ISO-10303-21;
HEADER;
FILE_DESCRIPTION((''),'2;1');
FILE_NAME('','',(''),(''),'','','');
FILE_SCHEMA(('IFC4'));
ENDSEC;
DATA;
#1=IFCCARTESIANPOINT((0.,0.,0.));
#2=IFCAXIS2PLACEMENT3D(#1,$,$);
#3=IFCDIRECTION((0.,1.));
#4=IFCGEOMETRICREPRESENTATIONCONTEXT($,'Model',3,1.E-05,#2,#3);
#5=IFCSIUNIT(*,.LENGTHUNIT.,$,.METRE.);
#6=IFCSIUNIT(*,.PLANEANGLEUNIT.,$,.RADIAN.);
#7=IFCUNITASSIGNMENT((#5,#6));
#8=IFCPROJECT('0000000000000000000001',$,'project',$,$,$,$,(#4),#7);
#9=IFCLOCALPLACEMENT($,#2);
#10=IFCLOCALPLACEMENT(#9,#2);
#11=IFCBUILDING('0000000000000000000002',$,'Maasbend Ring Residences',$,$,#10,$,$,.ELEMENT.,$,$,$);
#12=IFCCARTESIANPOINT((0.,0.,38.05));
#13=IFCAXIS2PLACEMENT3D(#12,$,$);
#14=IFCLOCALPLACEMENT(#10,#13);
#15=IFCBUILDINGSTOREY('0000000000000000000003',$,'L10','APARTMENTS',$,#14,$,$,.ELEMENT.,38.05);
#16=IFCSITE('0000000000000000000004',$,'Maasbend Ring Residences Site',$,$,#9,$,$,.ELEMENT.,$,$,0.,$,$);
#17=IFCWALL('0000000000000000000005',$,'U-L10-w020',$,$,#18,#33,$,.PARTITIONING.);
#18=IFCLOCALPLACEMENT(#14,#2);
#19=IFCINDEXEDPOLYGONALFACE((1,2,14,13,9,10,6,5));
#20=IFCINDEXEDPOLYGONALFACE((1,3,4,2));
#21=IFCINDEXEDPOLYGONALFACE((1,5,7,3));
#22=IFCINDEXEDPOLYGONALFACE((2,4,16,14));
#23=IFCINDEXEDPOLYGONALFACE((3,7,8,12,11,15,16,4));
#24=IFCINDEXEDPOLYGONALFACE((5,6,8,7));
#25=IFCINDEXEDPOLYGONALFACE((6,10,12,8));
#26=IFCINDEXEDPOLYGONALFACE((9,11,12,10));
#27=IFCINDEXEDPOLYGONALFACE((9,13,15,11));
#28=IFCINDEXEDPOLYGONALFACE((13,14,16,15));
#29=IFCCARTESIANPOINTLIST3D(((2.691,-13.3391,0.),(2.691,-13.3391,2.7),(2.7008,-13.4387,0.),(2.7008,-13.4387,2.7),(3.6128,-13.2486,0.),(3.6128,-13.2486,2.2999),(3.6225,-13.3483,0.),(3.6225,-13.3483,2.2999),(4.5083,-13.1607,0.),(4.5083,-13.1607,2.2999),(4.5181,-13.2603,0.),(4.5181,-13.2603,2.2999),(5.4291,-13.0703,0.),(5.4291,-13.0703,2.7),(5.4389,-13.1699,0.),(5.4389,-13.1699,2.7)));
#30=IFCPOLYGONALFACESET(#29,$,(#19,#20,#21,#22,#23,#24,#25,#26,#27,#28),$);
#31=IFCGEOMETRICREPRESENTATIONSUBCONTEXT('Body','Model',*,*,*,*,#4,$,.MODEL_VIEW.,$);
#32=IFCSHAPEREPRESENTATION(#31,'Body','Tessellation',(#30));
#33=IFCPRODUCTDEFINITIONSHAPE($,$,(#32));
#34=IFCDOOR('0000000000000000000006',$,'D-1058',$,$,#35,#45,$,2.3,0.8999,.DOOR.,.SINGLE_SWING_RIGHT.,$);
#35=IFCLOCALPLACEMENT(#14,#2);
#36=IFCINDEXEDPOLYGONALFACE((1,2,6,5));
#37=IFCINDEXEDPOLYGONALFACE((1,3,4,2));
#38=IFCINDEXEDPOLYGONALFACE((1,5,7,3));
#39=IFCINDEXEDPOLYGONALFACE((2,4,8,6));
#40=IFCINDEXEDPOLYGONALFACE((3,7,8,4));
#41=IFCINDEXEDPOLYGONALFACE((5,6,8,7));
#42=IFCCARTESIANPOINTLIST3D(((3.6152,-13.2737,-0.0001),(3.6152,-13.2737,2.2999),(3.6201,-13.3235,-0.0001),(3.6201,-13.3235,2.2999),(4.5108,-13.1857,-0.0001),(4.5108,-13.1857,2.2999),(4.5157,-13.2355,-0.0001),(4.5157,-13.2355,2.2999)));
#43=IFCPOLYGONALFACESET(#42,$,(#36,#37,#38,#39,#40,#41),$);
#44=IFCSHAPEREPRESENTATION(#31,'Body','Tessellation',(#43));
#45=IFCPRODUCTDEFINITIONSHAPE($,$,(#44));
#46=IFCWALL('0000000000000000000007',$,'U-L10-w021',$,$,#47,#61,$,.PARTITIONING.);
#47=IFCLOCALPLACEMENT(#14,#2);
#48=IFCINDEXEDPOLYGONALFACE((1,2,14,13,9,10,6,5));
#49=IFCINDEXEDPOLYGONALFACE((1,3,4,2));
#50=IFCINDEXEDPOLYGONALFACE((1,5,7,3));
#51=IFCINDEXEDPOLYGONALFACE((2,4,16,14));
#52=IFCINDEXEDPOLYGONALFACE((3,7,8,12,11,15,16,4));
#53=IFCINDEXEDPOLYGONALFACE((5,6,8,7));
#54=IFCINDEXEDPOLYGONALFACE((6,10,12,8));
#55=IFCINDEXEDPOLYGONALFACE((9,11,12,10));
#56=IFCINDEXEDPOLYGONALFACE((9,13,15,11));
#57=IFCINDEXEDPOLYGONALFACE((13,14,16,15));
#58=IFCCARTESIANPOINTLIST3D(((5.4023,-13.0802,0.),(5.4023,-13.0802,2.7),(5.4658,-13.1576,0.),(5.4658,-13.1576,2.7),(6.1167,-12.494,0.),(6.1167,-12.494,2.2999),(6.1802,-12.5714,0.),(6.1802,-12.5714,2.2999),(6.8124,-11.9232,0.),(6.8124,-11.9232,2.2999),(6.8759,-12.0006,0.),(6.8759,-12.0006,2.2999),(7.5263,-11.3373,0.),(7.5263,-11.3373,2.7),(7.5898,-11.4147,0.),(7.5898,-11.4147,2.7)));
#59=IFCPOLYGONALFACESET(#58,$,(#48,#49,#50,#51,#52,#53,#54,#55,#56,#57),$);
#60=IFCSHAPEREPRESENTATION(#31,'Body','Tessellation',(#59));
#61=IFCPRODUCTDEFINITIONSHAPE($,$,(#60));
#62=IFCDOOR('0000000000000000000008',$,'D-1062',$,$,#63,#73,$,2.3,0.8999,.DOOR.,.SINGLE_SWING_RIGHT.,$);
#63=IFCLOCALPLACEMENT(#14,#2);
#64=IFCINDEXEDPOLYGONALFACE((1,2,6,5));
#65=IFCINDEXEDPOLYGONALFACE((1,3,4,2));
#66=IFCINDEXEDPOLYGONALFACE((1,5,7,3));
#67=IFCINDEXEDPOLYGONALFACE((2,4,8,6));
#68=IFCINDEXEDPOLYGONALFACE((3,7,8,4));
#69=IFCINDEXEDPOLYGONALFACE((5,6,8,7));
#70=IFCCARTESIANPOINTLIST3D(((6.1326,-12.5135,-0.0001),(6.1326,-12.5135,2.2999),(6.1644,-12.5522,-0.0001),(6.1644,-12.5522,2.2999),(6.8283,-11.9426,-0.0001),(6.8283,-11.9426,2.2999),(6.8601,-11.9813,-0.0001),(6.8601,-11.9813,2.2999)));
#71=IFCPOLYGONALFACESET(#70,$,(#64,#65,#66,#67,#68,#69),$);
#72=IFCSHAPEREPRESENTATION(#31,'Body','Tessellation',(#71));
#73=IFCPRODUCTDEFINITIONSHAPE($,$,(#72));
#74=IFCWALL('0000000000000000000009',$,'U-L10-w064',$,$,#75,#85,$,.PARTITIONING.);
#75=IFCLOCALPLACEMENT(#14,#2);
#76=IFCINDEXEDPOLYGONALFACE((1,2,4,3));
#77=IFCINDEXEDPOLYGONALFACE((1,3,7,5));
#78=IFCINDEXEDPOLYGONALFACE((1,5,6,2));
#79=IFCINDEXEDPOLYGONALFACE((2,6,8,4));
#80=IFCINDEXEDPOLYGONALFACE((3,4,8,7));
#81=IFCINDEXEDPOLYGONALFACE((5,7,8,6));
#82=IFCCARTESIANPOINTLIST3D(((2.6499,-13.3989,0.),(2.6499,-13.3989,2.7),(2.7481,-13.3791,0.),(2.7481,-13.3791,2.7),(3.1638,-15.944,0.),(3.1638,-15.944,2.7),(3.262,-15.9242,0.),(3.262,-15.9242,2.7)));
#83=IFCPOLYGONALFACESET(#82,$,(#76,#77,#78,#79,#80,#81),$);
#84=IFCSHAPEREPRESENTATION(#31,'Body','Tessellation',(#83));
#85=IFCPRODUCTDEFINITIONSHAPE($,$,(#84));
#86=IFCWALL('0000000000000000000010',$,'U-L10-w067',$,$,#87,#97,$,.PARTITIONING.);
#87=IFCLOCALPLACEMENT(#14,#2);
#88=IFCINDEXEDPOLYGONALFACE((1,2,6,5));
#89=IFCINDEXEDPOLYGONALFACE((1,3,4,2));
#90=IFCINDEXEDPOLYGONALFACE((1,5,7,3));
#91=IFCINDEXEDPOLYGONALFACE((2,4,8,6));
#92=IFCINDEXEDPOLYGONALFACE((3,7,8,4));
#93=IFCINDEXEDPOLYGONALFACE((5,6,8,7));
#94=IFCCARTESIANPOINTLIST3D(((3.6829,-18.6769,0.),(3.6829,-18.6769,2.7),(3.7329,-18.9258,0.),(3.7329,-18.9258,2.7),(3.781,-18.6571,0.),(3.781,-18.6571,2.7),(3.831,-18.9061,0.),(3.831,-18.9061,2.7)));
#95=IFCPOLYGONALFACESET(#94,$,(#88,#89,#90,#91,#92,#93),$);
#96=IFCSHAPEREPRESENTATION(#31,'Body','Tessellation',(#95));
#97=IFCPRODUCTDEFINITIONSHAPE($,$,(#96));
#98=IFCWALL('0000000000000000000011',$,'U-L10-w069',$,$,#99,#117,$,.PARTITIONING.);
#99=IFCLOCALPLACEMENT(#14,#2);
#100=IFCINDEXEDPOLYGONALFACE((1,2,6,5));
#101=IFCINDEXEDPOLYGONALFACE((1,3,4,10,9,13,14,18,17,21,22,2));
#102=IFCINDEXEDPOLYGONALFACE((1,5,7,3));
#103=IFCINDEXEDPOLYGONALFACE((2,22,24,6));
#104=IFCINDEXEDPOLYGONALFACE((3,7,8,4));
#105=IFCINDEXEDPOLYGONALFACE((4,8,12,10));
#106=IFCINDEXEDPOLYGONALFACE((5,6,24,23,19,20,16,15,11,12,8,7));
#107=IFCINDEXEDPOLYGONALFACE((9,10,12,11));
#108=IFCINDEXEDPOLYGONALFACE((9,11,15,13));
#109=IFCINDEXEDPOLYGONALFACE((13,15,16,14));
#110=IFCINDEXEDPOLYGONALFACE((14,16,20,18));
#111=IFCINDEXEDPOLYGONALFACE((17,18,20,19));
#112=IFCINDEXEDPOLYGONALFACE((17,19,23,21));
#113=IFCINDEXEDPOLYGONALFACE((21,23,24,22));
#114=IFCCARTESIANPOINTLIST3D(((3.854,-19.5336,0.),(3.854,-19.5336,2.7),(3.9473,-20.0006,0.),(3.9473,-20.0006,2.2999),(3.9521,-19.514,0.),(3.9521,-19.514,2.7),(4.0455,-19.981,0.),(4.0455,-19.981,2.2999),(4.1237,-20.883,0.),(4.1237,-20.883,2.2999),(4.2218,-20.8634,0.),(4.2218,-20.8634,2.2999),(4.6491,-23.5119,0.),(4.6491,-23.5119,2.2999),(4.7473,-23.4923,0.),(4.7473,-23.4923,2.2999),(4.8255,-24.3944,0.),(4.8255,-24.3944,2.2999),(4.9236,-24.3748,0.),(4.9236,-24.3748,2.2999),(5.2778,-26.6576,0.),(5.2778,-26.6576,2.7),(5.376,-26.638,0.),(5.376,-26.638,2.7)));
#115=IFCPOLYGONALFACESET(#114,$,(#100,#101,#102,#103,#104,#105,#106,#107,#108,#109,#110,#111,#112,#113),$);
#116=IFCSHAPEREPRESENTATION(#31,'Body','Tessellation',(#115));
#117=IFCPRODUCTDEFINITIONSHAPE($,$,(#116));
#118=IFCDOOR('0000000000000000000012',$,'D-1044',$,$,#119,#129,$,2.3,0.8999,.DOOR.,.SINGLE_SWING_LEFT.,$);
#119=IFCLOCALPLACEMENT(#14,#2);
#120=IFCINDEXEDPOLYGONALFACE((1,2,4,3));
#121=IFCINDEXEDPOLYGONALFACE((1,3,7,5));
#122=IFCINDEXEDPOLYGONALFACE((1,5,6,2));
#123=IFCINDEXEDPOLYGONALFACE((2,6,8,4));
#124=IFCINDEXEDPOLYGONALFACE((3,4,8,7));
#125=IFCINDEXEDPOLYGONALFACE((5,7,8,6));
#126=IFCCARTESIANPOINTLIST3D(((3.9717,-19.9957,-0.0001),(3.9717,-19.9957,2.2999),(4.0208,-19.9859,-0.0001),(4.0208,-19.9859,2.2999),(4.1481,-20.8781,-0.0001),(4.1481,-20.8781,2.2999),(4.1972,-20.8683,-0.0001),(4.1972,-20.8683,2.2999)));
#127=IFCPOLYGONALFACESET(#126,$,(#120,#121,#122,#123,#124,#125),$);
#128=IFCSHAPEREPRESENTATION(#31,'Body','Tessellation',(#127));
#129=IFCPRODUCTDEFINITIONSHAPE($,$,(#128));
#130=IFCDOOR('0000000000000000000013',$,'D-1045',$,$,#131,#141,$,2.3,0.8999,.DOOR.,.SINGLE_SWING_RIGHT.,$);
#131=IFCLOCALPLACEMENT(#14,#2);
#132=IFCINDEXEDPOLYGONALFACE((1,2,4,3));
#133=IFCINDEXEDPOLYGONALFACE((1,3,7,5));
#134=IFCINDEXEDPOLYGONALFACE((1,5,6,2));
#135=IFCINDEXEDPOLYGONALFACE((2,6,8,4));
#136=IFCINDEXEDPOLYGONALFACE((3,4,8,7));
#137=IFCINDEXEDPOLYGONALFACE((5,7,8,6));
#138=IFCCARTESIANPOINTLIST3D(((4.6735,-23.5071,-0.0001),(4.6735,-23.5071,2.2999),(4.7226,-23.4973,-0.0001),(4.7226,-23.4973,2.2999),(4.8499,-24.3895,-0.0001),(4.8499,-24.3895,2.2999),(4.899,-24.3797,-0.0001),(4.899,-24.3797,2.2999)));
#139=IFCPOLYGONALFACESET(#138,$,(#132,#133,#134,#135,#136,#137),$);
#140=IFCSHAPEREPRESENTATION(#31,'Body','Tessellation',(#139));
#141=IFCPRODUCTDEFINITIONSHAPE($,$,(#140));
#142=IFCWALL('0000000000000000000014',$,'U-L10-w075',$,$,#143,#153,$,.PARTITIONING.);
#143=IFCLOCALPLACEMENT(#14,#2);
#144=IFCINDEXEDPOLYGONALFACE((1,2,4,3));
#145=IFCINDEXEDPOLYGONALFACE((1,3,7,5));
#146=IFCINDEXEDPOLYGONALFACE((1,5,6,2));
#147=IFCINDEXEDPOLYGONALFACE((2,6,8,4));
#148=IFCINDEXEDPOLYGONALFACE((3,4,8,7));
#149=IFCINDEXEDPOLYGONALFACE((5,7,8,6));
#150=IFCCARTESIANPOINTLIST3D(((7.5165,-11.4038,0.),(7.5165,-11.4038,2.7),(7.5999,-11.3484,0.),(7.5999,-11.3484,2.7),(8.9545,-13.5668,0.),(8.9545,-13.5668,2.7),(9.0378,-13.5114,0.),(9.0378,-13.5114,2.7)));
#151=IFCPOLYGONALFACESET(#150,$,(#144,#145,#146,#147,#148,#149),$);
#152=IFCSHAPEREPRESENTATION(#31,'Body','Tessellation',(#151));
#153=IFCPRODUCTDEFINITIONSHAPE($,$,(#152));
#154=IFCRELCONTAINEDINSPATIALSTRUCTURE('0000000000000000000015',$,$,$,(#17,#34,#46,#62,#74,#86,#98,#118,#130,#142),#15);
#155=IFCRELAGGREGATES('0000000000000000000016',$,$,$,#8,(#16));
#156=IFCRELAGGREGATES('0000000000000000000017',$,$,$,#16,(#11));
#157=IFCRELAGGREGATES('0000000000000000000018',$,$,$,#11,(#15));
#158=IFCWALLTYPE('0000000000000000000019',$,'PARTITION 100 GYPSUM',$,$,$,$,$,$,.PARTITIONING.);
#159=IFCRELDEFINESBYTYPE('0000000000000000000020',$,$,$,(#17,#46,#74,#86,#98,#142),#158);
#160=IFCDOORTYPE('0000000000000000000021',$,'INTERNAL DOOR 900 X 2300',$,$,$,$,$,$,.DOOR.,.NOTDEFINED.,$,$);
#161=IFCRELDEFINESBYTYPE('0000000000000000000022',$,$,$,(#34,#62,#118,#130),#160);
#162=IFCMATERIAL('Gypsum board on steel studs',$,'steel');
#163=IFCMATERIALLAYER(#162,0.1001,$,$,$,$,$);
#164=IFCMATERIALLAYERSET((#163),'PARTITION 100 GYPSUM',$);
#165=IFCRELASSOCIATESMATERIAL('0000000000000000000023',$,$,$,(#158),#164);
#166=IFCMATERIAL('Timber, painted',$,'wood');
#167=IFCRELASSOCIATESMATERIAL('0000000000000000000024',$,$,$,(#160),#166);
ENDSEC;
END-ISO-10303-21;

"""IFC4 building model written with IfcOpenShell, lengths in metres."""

from ifc_helpers import new_model, si_unit, direction, frame, frame_2d, origin, place, context, subcontext, project, spatial, rectangle, extrude, material, layer, layer_set, type_object, element, fill, save


model = new_model("IFC4")

# Units and contexts
model_context = context("Model", 3, precision=1e-05, world=origin(), true_north=direction((0.0, 1.0)))
body_context = subcontext(model_context, "Body", "Model", "MODEL_VIEW")
ifc_project = project(units=[si_unit("LENGTHUNIT", "METRE"), si_unit("PLANEANGLEUNIT", "RADIAN")], contexts=[model_context])

# Site, building, storey
site_placement = place(None, origin())
site = spatial("IfcSite", under=ifc_project, at=site_placement, Name="Maasbend Ring Residences Site", CompositionType="ELEMENT", RefElevation=0.0)
building_placement = place(site_placement, origin())
building = spatial("IfcBuilding", under=site, at=building_placement, Name="Maasbend Ring Residences", CompositionType="ELEMENT")
storey_placement = place(building_placement, frame((0.0, 0.0, 38.05)))
storey = spatial("IfcBuildingStorey", under=building, at=storey_placement, Name="L10", Description="APARTMENTS", CompositionType="ELEMENT", Elevation=38.05)

# Walls, openings, doors
ifc_material_1 = material(Name="Gypsum board on steel studs", Category="steel")
ifc_layer_1 = layer(ifc_material_1, 0.1001)
ifc_layer_set_1 = layer_set([ifc_layer_1], Name="PARTITION 100 GYPSUM")
wall_type_1 = type_object("IfcWallType", Name="PARTITION 100 GYPSUM", PredefinedType="PARTITIONING", material=ifc_layer_set_1)
wall_1_placement = place(storey_placement, frame((2.696, -13.3889, 0.0), z_axis=(0.0, 0.0, 1.0), x_axis=(0.995216, 0.097702, 0.0)))
wall_1 = element("IfcWall", 1, at=wall_1_placement, inside=storey, type_object=wall_type_1, Name="U-L10-w020", PredefinedType="PARTITIONING", context=body_context, shape_type="SweptSolid", body=[
    extrude(rectangle(XDim=2.7512, YDim=0.1001, at=frame_2d((1.3755, 0.0))), origin(), (0.0, 0.0, 1.0), 2.7),
])
opening_1_placement = place(wall_1_placement, frame((0.926, 0.0, 0.0)))
opening_1 = element("IfcOpeningElement", 2, at=opening_1_placement, cuts=wall_1, PredefinedType="OPENING", context=body_context, shape_type="SweptSolid", body=[
    extrude(rectangle(XDim=0.8999, YDim=2.3, at=frame_2d((0.45, 1.1499))), frame((0.0, 0.0601, 0.0), z_axis=(0.0, -1.0, 0.0), x_axis=(1.0, 0.0, 0.0)), (0.0, 0.0, 1.0), 0.1201),
])
ifc_material_2 = material(Name="Timber, painted", Category="wood")
door_type_1 = type_object("IfcDoorType", Name="INTERNAL DOOR 900 X 2300", OperationType="NOTDEFINED", PredefinedType="DOOR", material=ifc_material_2)
door_1_placement = place(opening_1_placement, origin())
door_1 = element("IfcDoor", 3, at=door_1_placement, inside=storey, type_object=door_type_1, Name="D-1058", OperationType="SINGLE_SWING_RIGHT", OverallHeight=2.3, OverallWidth=0.8999, PredefinedType="DOOR", context=body_context, shape_type="SweptSolid", body=[
    extrude(rectangle(XDim=0.8999, YDim=2.3, at=frame_2d((0.45, 1.1499))), frame((0.0, 0.0249, 0.0), z_axis=(0.0, -1.0, 0.0), x_axis=(1.0, 0.0, 0.0)), (0.0, 0.0, 1.0), 0.05),
])
fill(opening_1, door_1)
wall_2_placement = place(storey_placement, frame((5.4341, -13.1189, 0.0), z_axis=(0.0, 0.0, 1.0), x_axis=(0.77305, 0.634345, 0.0)))
wall_2 = element("IfcWall", 4, at=wall_2_placement, inside=storey, type_object=wall_type_1, Name="U-L10-w021", PredefinedType="PARTITIONING", context=body_context, shape_type="SweptSolid", body=[
    extrude(rectangle(XDim=2.7476, YDim=0.1001, at=frame_2d((1.3738, 0.0))), origin(), (0.0, 0.0, 1.0), 2.7),
])
opening_2_placement = place(wall_2_placement, frame((0.9241, 0.0, 0.0)))
opening_2 = element("IfcOpeningElement", 5, at=opening_2_placement, cuts=wall_2, PredefinedType="OPENING", context=body_context, shape_type="SweptSolid", body=[
    extrude(rectangle(XDim=0.8999, YDim=2.3, at=frame_2d((0.45, 1.1499))), frame((0.0, 0.0601, 0.0), z_axis=(0.0, -1.0, 0.0), x_axis=(1.0, 0.0, 0.0)), (0.0, 0.0, 1.0), 0.1201),
])
door_2_placement = place(opening_2_placement, origin())
door_2 = element("IfcDoor", 6, at=door_2_placement, inside=storey, type_object=door_type_1, Name="D-1062", OperationType="SINGLE_SWING_RIGHT", OverallHeight=2.3, OverallWidth=0.8999, PredefinedType="DOOR", context=body_context, shape_type="SweptSolid", body=[
    extrude(rectangle(XDim=0.8999, YDim=2.3, at=frame_2d((0.45, 1.1499))), frame((0.0, 0.0249, 0.0), z_axis=(0.0, -1.0, 0.0), x_axis=(1.0, 0.0, 0.0)), (0.0, 0.0, 1.0), 0.05),
])
fill(opening_2, door_2)

# Walls
wall_3_placement = place(storey_placement, frame((2.699, -13.3889, 0.0), z_axis=(0.0, 0.0, 1.0), x_axis=(0.197924, -0.980217, 0.0)))
element("IfcWall", 7, at=wall_3_placement, inside=storey, type_object=wall_type_1, Name="U-L10-w064", PredefinedType="PARTITIONING", context=body_context, shape_type="SweptSolid", body=[
    extrude(rectangle(XDim=2.5964, YDim=0.1001, at=frame_2d((1.2983, 0.0))), origin(), (0.0, 0.0, 1.0), 2.7),
])
wall_4_placement = place(storey_placement, frame((3.7319, -18.667, 0.0), z_axis=(0.0, 0.0, 1.0), x_axis=(0.19704, -0.980395, 0.0)))
element("IfcWall", 8, at=wall_4_placement, inside=storey, type_object=wall_type_1, Name="U-L10-w067", PredefinedType="PARTITIONING", context=body_context, shape_type="SweptSolid", body=[
    extrude(rectangle(XDim=0.2539, YDim=0.1001, at=frame_2d((0.127, 0.0))), origin(), (0.0, 0.0, 1.0), 2.7),
])

# Wall, openings, doors
wall_5_placement = place(storey_placement, frame((3.9031, -19.5239, 0.0), z_axis=(0.0, 0.0, 1.0), x_axis=(0.195987, -0.980607, 0.0)))
wall_5 = element("IfcWall", 9, at=wall_5_placement, inside=storey, type_object=wall_type_1, Name="U-L10-w069", PredefinedType="PARTITIONING", context=body_context, shape_type="SweptSolid", body=[
    extrude(rectangle(XDim=7.2649, YDim=0.1001, at=frame_2d((3.6323, 0.0))), origin(), (0.0, 0.0, 1.0), 2.7),
])
opening_3_placement = place(wall_5_placement, frame((0.4761, 0.0, 0.0)))
opening_3 = element("IfcOpeningElement", 10, at=opening_3_placement, cuts=wall_5, PredefinedType="OPENING", context=body_context, shape_type="SweptSolid", body=[
    extrude(rectangle(XDim=0.8999, YDim=2.3, at=frame_2d((0.45, 1.1499))), frame((0.0, 0.0601, 0.0), z_axis=(0.0, -1.0, 0.0), x_axis=(1.0, 0.0, 0.0)), (0.0, 0.0, 1.0), 0.1201),
])
opening_4_placement = place(wall_5_placement, frame((4.0569, 0.0, 0.0)))
opening_4 = element("IfcOpeningElement", 11, at=opening_4_placement, cuts=wall_5, PredefinedType="OPENING", context=body_context, shape_type="SweptSolid", body=[
    extrude(rectangle(XDim=0.8999, YDim=2.3, at=frame_2d((0.45, 1.1499))), frame((0.0, 0.0601, 0.0), z_axis=(0.0, -1.0, 0.0), x_axis=(1.0, 0.0, 0.0)), (0.0, 0.0, 1.0), 0.1201),
])
door_3_placement = place(opening_3_placement, origin())
door_3 = element("IfcDoor", 12, at=door_3_placement, inside=storey, type_object=door_type_1, Name="D-1044", OperationType="SINGLE_SWING_LEFT", OverallHeight=2.3, OverallWidth=0.8999, PredefinedType="DOOR", context=body_context, shape_type="SweptSolid", body=[
    extrude(rectangle(XDim=0.8999, YDim=2.3, at=frame_2d((0.45, 1.1499))), frame((0.0, 0.0249, 0.0), z_axis=(0.0, -1.0, 0.0), x_axis=(1.0, 0.0, 0.0)), (0.0, 0.0, 1.0), 0.05),
])
fill(opening_3, door_3)
door_4_placement = place(opening_4_placement, origin())
door_4 = element("IfcDoor", 13, at=door_4_placement, inside=storey, type_object=door_type_1, Name="D-1045", OperationType="SINGLE_SWING_RIGHT", OverallHeight=2.3, OverallWidth=0.8999, PredefinedType="DOOR", context=body_context, shape_type="SweptSolid", body=[
    extrude(rectangle(XDim=0.8999, YDim=2.3, at=frame_2d((0.45, 1.1499))), frame((0.0, 0.0249, 0.0), z_axis=(0.0, -1.0, 0.0), x_axis=(1.0, 0.0, 0.0)), (0.0, 0.0, 1.0), 0.05),
])
fill(opening_4, door_4)

# Wall
wall_6_placement = place(storey_placement, frame((7.5581, -11.376, 0.0), z_axis=(0.0, 0.0, 1.0), x_axis=(0.553615, -0.832773, 0.0)))
element("IfcWall", 14, at=wall_6_placement, inside=storey, type_object=wall_type_1, Name="U-L10-w075", PredefinedType="PARTITIONING", context=body_context, shape_type="SweptSolid", body=[
    extrude(rectangle(XDim=2.5974, YDim=0.1001, at=frame_2d((1.2988, 0.0))), origin(), (0.0, 0.0, 1.0), 2.7),
])

save(model, "model.ifc")
